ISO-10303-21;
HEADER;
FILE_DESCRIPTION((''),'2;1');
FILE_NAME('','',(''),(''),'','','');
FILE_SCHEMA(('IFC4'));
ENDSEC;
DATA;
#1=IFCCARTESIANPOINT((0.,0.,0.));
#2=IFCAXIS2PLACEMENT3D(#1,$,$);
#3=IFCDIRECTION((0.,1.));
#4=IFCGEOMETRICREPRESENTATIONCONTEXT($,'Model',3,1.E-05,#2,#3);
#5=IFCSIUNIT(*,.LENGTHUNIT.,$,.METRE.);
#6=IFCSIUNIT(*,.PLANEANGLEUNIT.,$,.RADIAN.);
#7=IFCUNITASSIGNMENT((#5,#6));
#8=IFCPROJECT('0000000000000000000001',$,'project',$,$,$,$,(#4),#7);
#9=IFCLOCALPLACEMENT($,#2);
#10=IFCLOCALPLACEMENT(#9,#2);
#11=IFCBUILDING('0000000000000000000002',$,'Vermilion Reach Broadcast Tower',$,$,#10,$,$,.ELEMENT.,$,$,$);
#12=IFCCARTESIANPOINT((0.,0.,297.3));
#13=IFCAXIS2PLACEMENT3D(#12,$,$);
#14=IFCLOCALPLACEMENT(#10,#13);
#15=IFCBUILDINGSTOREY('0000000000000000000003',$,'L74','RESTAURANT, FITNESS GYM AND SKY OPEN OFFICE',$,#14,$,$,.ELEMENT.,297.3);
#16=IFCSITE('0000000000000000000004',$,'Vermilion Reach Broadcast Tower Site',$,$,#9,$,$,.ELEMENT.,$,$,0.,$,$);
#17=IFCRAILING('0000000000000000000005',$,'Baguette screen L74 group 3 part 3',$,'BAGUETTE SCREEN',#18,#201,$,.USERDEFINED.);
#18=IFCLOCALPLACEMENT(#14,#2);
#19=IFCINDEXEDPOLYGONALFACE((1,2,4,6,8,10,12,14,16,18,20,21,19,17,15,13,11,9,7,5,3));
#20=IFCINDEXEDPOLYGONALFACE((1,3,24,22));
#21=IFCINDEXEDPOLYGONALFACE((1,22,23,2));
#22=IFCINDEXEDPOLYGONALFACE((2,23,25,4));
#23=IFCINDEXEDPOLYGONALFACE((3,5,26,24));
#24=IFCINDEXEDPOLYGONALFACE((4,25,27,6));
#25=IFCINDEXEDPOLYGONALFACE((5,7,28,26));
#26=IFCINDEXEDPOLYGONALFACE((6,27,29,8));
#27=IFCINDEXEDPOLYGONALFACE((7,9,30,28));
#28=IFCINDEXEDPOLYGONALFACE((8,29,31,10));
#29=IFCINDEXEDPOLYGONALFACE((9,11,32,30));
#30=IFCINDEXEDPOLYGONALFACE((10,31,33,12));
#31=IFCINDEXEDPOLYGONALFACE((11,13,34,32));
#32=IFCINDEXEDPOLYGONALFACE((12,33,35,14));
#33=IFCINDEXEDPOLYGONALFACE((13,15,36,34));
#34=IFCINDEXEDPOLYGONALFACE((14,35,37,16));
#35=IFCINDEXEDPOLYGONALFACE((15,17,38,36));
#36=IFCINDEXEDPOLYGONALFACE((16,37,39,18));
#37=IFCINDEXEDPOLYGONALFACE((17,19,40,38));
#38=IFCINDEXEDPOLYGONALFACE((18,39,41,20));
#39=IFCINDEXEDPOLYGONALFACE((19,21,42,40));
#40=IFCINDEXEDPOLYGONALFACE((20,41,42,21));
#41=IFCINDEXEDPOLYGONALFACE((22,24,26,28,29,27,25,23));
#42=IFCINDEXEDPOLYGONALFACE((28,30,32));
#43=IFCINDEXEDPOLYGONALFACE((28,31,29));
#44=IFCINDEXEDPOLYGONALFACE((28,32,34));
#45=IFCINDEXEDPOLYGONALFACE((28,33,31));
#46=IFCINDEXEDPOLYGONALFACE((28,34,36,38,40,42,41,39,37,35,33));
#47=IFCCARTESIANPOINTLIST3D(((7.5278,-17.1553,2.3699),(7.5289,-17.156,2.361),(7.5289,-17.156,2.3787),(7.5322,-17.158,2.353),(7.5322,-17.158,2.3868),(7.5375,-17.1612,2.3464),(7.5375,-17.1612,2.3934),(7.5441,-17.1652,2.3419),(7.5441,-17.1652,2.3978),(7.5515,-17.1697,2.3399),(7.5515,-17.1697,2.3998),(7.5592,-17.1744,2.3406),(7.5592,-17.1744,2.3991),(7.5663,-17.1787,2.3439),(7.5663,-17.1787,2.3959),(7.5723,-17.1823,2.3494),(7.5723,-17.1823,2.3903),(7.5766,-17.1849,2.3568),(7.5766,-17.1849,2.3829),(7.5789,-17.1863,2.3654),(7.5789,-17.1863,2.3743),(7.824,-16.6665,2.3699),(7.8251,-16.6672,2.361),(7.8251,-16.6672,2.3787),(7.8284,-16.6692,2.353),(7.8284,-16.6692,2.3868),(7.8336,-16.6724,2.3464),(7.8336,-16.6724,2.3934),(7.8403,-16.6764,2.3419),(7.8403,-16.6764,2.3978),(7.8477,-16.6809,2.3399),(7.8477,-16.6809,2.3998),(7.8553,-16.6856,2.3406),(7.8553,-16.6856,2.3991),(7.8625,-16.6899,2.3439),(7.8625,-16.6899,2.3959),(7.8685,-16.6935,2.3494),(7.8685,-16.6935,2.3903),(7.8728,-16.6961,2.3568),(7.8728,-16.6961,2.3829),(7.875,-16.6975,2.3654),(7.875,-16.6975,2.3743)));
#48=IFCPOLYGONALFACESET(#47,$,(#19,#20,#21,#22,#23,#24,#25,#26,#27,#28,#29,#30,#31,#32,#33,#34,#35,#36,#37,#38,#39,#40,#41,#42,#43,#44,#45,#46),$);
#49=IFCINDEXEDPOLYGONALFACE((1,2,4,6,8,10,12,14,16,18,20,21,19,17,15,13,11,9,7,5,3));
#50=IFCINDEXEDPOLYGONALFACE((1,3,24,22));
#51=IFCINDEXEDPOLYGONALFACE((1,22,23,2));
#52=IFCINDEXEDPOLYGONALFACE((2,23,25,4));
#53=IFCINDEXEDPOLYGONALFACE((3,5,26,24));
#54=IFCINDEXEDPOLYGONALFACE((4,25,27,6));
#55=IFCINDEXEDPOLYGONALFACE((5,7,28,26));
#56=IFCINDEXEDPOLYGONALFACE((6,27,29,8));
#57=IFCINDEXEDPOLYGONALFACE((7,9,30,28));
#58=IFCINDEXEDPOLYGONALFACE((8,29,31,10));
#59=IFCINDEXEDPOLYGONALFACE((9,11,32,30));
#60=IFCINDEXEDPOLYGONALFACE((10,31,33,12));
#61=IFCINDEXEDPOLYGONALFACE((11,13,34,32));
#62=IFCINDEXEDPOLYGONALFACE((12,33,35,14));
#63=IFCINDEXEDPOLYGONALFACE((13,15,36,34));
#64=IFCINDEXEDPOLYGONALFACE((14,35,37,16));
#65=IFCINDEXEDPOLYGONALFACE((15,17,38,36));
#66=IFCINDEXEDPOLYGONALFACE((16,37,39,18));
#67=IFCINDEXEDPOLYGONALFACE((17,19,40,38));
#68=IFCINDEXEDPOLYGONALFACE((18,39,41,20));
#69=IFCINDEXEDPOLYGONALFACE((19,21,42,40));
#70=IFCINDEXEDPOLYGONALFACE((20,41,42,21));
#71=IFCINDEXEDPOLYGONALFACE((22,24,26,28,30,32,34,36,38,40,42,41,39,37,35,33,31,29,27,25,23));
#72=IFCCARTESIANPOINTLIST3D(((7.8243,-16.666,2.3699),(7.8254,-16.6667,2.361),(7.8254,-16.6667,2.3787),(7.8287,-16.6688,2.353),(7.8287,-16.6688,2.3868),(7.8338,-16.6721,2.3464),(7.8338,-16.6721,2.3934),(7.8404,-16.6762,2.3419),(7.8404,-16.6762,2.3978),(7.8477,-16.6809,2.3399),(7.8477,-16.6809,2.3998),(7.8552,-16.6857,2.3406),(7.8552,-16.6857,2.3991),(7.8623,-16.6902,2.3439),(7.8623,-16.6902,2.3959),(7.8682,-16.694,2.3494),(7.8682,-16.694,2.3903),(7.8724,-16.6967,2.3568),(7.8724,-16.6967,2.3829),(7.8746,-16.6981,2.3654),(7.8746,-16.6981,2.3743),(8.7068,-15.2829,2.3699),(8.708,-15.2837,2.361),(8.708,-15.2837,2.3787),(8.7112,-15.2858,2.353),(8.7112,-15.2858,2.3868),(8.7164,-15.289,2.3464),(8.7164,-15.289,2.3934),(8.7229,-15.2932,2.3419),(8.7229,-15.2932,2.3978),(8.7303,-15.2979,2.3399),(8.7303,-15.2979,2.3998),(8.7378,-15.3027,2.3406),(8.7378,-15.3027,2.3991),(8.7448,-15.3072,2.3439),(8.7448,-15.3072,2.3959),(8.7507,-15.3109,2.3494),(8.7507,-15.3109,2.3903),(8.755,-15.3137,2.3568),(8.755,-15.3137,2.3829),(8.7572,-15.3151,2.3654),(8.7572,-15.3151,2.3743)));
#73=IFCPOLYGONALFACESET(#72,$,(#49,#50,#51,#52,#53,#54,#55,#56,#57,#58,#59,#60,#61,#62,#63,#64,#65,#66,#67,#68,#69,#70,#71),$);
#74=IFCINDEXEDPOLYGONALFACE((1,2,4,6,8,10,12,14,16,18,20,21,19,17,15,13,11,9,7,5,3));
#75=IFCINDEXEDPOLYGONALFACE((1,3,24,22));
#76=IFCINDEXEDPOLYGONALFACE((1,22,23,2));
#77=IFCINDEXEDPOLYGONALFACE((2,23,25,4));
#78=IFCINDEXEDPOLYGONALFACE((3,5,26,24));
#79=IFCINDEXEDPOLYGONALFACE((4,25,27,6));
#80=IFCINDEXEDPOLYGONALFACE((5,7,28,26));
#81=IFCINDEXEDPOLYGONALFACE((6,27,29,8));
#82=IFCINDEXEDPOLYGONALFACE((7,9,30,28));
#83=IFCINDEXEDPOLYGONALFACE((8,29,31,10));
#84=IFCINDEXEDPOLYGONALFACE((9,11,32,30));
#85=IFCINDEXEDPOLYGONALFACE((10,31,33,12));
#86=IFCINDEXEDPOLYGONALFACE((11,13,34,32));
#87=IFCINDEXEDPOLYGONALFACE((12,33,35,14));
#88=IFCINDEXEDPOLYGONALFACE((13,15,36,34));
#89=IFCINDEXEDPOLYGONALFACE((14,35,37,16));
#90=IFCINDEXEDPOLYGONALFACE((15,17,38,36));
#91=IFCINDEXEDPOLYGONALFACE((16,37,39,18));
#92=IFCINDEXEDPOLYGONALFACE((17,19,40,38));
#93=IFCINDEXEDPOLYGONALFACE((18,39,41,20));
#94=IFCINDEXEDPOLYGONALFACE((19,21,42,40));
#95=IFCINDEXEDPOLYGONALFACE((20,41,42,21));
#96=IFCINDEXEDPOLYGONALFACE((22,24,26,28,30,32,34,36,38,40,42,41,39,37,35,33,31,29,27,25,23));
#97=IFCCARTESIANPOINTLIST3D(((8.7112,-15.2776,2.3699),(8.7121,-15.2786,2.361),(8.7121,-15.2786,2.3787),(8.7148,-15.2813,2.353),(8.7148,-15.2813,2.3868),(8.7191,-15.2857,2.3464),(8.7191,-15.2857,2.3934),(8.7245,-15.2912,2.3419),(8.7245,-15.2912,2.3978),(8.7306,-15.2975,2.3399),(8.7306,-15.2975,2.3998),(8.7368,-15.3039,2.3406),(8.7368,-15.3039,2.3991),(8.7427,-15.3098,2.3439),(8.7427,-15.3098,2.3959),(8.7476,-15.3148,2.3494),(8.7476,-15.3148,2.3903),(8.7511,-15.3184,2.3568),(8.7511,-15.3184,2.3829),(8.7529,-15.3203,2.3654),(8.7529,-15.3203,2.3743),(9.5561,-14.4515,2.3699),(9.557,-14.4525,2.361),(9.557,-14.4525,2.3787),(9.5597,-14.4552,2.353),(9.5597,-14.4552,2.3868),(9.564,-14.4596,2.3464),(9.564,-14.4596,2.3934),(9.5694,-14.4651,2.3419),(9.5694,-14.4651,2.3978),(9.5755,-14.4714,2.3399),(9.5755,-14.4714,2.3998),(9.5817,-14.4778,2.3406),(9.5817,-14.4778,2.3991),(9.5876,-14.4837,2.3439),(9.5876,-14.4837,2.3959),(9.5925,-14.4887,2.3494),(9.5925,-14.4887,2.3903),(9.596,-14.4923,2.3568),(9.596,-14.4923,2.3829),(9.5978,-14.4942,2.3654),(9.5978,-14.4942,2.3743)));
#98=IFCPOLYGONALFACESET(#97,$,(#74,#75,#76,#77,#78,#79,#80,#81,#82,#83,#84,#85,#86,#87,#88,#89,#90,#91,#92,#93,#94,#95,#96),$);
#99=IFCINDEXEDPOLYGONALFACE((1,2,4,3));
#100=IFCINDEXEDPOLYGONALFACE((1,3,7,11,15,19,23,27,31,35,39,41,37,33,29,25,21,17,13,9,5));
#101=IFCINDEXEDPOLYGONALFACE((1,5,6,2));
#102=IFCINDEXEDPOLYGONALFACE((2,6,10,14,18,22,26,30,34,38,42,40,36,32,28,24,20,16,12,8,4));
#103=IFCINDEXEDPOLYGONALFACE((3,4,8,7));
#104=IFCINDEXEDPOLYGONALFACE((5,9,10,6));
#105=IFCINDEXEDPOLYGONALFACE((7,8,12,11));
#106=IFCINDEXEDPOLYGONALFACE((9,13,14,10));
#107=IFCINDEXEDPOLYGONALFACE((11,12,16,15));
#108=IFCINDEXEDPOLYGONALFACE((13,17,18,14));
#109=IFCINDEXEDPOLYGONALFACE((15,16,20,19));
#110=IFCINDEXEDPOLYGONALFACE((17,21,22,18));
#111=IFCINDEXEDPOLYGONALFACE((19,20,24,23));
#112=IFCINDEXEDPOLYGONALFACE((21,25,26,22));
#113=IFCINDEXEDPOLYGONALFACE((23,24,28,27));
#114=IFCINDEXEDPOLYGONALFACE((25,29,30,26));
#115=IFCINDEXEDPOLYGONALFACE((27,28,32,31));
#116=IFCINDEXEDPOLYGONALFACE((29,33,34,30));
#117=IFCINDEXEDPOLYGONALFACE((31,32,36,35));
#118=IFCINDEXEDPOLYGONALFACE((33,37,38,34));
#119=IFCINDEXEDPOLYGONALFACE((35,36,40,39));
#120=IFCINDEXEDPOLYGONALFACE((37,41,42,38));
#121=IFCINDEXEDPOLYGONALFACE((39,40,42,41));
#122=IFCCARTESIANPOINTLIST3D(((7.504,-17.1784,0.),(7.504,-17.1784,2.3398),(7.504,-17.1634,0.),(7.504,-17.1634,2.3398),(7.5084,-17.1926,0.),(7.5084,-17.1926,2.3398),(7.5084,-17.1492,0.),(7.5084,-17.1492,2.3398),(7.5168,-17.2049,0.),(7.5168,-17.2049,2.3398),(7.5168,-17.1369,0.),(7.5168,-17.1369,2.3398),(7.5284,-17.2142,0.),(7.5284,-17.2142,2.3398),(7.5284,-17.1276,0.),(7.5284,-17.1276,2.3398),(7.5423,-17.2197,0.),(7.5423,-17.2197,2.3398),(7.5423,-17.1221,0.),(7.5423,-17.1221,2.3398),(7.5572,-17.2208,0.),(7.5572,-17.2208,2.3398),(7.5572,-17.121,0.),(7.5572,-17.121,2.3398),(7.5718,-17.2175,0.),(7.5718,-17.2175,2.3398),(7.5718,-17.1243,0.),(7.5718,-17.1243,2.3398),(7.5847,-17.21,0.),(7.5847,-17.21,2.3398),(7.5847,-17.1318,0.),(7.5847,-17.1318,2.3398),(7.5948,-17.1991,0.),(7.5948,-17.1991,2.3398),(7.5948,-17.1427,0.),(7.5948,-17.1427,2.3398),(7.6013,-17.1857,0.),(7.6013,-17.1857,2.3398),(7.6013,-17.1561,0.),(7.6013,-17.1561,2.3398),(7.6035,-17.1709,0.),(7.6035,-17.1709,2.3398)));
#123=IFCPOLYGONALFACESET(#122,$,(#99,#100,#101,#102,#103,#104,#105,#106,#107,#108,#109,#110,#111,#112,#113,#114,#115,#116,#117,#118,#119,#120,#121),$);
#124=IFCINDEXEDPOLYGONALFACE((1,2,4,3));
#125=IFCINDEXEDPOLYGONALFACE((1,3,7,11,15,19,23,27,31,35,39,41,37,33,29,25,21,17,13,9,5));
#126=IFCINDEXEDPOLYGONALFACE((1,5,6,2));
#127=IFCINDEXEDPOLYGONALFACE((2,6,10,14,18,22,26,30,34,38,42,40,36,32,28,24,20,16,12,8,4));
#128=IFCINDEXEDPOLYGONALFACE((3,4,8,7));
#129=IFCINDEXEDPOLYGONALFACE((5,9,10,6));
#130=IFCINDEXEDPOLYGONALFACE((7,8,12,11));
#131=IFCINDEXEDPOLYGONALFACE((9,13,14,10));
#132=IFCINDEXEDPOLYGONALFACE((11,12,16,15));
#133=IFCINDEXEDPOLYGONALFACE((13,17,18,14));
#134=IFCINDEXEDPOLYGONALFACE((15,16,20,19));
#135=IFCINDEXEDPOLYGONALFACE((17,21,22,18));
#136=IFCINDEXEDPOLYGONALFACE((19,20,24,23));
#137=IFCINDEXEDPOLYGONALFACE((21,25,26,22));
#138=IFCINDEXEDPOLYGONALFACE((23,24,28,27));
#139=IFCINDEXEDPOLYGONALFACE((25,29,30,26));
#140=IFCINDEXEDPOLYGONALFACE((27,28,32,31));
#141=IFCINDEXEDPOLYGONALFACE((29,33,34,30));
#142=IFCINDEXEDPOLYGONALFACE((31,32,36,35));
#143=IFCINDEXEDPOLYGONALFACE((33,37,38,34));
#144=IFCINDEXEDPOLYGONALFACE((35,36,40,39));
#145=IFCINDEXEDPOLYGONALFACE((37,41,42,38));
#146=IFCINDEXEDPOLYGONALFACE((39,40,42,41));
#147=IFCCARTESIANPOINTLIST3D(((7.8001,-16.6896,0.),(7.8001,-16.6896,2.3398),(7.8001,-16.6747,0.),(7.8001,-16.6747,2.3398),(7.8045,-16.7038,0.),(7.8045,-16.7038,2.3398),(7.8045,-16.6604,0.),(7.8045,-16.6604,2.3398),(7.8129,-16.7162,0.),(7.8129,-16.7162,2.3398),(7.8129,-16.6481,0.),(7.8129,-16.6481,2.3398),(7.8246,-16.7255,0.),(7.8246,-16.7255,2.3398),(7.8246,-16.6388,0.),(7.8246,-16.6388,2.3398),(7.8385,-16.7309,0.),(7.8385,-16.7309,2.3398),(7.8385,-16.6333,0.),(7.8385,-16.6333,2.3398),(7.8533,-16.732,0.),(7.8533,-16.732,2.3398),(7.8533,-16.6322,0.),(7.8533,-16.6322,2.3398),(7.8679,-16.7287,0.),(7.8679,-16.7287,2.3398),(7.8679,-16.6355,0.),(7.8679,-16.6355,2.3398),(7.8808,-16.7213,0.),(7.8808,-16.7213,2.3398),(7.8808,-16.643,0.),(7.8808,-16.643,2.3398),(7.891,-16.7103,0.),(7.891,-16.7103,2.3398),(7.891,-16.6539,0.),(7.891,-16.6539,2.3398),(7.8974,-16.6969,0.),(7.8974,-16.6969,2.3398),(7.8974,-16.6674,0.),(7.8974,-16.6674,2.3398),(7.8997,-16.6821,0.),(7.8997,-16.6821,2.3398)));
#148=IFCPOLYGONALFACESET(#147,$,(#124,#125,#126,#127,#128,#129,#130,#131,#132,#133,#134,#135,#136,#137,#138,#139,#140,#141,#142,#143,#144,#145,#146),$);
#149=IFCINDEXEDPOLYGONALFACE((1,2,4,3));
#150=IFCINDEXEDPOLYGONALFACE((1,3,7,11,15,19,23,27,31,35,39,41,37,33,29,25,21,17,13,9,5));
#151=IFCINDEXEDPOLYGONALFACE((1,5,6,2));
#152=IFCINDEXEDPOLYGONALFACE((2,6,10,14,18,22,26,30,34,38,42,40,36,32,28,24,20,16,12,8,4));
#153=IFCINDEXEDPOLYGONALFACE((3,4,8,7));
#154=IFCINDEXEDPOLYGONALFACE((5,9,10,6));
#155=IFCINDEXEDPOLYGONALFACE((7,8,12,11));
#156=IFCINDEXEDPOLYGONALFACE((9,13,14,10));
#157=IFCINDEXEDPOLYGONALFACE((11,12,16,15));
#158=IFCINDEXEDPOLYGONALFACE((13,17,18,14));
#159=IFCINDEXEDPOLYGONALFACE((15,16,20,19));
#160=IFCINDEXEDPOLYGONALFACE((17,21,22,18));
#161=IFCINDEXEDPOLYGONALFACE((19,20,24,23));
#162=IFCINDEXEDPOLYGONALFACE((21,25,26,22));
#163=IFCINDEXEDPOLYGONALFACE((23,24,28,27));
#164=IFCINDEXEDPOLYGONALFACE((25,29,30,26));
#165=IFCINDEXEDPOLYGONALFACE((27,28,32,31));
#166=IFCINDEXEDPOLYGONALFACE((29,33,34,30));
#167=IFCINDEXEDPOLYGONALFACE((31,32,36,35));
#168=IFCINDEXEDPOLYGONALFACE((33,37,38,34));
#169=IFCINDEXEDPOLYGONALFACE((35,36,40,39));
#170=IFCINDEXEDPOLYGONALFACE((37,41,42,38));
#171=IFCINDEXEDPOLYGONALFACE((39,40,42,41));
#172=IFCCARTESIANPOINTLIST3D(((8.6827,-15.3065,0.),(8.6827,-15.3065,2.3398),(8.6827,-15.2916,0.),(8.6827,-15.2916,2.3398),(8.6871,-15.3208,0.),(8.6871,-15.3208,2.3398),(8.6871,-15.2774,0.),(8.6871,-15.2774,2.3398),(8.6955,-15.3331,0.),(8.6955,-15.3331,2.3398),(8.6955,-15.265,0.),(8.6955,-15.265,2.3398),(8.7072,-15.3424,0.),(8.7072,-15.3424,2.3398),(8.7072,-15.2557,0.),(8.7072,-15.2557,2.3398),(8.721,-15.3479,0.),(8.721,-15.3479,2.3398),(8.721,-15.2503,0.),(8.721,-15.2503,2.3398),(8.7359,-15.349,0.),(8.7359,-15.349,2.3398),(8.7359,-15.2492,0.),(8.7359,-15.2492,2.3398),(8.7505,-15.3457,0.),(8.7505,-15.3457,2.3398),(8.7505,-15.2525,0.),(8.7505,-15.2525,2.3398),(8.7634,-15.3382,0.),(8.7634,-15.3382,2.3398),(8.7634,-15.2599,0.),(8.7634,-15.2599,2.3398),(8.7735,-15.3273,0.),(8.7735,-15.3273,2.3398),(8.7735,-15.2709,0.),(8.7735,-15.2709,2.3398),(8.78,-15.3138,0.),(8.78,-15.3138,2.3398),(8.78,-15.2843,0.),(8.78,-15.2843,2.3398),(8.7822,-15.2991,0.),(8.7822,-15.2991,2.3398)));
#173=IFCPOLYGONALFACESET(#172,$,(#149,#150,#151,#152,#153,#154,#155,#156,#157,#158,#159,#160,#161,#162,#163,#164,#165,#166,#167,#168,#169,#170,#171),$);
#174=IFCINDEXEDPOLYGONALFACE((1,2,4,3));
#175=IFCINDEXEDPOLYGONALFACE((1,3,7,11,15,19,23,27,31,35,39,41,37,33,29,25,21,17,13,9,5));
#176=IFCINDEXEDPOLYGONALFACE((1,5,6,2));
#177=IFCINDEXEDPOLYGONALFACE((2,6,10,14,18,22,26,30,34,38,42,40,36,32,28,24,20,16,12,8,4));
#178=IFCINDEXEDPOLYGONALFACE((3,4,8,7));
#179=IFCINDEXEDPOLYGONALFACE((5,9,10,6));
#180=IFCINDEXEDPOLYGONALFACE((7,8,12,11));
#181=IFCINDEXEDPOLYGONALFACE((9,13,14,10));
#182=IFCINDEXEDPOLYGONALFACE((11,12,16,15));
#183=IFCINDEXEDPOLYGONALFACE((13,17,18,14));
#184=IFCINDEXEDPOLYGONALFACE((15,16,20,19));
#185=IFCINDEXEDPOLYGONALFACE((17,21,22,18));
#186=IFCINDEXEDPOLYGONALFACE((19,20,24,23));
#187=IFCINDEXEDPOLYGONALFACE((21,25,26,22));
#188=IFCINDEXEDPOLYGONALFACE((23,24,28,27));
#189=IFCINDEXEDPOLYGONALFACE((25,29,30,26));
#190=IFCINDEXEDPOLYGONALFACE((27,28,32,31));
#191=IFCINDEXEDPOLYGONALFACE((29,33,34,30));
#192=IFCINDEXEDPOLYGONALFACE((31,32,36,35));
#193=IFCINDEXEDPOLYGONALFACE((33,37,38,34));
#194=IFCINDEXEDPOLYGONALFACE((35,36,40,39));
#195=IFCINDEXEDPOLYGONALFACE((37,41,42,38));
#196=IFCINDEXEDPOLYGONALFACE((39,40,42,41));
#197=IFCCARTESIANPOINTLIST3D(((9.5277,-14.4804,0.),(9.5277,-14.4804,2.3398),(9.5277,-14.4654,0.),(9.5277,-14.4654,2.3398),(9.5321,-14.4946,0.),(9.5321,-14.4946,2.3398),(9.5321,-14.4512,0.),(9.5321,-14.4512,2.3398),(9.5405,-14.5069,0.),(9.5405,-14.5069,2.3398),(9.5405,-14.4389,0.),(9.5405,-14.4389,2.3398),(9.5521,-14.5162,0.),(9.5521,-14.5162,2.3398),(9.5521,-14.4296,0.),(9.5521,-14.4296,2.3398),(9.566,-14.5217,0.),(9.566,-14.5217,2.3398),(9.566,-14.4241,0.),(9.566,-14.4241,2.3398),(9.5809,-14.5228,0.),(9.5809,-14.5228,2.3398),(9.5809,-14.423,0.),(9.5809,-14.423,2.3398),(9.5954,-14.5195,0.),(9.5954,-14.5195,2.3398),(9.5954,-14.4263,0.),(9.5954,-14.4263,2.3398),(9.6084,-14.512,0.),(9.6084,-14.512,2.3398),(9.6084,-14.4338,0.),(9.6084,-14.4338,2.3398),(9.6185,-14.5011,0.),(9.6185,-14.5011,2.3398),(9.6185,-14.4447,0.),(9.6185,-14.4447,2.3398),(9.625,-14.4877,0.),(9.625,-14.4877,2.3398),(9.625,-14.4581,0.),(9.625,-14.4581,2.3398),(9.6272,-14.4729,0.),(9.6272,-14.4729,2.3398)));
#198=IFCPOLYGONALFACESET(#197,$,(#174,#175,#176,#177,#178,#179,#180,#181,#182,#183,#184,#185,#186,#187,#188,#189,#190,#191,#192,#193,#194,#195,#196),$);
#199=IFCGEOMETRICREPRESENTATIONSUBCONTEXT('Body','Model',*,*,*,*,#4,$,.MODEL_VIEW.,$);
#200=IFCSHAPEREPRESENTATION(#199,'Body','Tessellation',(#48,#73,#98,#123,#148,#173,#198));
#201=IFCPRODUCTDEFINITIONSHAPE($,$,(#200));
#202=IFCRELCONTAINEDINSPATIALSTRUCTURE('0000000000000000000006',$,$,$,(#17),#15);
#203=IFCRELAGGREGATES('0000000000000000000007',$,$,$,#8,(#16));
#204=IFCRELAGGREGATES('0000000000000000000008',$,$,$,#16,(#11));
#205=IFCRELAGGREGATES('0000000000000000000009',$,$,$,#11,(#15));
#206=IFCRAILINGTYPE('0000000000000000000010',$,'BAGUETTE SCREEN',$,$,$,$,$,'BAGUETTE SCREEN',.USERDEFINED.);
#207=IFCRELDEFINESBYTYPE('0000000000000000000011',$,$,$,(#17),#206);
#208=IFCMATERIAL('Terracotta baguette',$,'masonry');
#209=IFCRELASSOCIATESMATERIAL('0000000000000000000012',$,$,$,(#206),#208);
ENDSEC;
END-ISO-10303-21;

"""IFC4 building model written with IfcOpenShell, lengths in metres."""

from ifc_helpers import new_model, si_unit, direction, frame, origin, origin_2d, place, context, subcontext, project, spatial, circle, extrude, material, type_object, element, save


model = new_model("IFC4")

# Units and contexts
model_context = context("Model", 3, precision=1e-05, world=origin(), true_north=direction((0.0, 1.0)))
body_context = subcontext(model_context, "Body", "Model", "MODEL_VIEW")
ifc_project = project(units=[si_unit("LENGTHUNIT", "METRE"), si_unit("PLANEANGLEUNIT", "RADIAN")], contexts=[model_context])

# Site, building, storey
site_placement = place(None, origin())
site = spatial("IfcSite", under=ifc_project, at=site_placement, Name="Vermilion Reach Broadcast Tower Site", CompositionType="ELEMENT", RefElevation=0.0)
building_placement = place(site_placement, origin())
building = spatial("IfcBuilding", under=site, at=building_placement, Name="Vermilion Reach Broadcast Tower", CompositionType="ELEMENT")
storey_placement = place(building_placement, frame((0.0, 0.0, 297.3)))
storey = spatial("IfcBuildingStorey", under=building, at=storey_placement, Name="L74", Description="RESTAURANT, FITNESS GYM AND SKY OPEN OFFICE", CompositionType="ELEMENT", Elevation=297.3)

# Railing
ifc_material_1 = material(Name="Terracotta baguette", Category="masonry")
railing_type = type_object("IfcRailingType", Name="BAGUETTE SCREEN", ElementType="BAGUETTE SCREEN", PredefinedType="USERDEFINED", material=ifc_material_1)
railing_placement = place(storey_placement, frame((7.5535, -17.1709, 0.0)))
element("IfcRailing", 1, at=railing_placement, inside=storey, type_object=railing_type, Name="Baguette screen L74 group 3 part 3", ObjectType="BAGUETTE SCREEN", PredefinedType="USERDEFINED", context=body_context, shape_type="SweptSolid", body=[
    extrude(circle(Radius=0.03, at=origin_2d()), frame((0.0, 0.0, 2.3699), z_axis=(0.518198, 0.855261, 0.0), x_axis=(-0.855261, 0.518198, 0.0)), (0.0, 0.0, 1.0), 0.5715),
    extrude(circle(Radius=0.03, at=origin_2d()), frame((0.2961, 0.4888, 2.3699), z_axis=(0.537934, 0.842987, 0.0), x_axis=(-0.842987, 0.537934, 0.0)), (0.0, 0.0, 1.0), 1.6406),
    extrude(circle(Radius=0.03, at=origin_2d()), frame((1.1787, 1.8718, 2.3699), z_axis=(0.715016, 0.699108, 0.0), x_axis=(-0.699108, 0.715016, 0.0)), (0.0, 0.0, 1.0), 1.1816),
    extrude(circle(Radius=0.05, at=origin_2d()), origin(), (0.0, 0.0, 1.0), 2.3398),
    extrude(circle(Radius=0.05, at=origin_2d()), frame((0.2961, 0.4888, 0.0)), (0.0, 0.0, 1.0), 2.3398),
    extrude(circle(Radius=0.05, at=origin_2d()), frame((1.1787, 1.8718, 0.0)), (0.0, 0.0, 1.0), 2.3398),
    extrude(circle(Radius=0.05, at=origin_2d()), frame((2.0237, 2.698, 0.0)), (0.0, 0.0, 1.0), 2.3398),
])

save(model, "model.ifc")
